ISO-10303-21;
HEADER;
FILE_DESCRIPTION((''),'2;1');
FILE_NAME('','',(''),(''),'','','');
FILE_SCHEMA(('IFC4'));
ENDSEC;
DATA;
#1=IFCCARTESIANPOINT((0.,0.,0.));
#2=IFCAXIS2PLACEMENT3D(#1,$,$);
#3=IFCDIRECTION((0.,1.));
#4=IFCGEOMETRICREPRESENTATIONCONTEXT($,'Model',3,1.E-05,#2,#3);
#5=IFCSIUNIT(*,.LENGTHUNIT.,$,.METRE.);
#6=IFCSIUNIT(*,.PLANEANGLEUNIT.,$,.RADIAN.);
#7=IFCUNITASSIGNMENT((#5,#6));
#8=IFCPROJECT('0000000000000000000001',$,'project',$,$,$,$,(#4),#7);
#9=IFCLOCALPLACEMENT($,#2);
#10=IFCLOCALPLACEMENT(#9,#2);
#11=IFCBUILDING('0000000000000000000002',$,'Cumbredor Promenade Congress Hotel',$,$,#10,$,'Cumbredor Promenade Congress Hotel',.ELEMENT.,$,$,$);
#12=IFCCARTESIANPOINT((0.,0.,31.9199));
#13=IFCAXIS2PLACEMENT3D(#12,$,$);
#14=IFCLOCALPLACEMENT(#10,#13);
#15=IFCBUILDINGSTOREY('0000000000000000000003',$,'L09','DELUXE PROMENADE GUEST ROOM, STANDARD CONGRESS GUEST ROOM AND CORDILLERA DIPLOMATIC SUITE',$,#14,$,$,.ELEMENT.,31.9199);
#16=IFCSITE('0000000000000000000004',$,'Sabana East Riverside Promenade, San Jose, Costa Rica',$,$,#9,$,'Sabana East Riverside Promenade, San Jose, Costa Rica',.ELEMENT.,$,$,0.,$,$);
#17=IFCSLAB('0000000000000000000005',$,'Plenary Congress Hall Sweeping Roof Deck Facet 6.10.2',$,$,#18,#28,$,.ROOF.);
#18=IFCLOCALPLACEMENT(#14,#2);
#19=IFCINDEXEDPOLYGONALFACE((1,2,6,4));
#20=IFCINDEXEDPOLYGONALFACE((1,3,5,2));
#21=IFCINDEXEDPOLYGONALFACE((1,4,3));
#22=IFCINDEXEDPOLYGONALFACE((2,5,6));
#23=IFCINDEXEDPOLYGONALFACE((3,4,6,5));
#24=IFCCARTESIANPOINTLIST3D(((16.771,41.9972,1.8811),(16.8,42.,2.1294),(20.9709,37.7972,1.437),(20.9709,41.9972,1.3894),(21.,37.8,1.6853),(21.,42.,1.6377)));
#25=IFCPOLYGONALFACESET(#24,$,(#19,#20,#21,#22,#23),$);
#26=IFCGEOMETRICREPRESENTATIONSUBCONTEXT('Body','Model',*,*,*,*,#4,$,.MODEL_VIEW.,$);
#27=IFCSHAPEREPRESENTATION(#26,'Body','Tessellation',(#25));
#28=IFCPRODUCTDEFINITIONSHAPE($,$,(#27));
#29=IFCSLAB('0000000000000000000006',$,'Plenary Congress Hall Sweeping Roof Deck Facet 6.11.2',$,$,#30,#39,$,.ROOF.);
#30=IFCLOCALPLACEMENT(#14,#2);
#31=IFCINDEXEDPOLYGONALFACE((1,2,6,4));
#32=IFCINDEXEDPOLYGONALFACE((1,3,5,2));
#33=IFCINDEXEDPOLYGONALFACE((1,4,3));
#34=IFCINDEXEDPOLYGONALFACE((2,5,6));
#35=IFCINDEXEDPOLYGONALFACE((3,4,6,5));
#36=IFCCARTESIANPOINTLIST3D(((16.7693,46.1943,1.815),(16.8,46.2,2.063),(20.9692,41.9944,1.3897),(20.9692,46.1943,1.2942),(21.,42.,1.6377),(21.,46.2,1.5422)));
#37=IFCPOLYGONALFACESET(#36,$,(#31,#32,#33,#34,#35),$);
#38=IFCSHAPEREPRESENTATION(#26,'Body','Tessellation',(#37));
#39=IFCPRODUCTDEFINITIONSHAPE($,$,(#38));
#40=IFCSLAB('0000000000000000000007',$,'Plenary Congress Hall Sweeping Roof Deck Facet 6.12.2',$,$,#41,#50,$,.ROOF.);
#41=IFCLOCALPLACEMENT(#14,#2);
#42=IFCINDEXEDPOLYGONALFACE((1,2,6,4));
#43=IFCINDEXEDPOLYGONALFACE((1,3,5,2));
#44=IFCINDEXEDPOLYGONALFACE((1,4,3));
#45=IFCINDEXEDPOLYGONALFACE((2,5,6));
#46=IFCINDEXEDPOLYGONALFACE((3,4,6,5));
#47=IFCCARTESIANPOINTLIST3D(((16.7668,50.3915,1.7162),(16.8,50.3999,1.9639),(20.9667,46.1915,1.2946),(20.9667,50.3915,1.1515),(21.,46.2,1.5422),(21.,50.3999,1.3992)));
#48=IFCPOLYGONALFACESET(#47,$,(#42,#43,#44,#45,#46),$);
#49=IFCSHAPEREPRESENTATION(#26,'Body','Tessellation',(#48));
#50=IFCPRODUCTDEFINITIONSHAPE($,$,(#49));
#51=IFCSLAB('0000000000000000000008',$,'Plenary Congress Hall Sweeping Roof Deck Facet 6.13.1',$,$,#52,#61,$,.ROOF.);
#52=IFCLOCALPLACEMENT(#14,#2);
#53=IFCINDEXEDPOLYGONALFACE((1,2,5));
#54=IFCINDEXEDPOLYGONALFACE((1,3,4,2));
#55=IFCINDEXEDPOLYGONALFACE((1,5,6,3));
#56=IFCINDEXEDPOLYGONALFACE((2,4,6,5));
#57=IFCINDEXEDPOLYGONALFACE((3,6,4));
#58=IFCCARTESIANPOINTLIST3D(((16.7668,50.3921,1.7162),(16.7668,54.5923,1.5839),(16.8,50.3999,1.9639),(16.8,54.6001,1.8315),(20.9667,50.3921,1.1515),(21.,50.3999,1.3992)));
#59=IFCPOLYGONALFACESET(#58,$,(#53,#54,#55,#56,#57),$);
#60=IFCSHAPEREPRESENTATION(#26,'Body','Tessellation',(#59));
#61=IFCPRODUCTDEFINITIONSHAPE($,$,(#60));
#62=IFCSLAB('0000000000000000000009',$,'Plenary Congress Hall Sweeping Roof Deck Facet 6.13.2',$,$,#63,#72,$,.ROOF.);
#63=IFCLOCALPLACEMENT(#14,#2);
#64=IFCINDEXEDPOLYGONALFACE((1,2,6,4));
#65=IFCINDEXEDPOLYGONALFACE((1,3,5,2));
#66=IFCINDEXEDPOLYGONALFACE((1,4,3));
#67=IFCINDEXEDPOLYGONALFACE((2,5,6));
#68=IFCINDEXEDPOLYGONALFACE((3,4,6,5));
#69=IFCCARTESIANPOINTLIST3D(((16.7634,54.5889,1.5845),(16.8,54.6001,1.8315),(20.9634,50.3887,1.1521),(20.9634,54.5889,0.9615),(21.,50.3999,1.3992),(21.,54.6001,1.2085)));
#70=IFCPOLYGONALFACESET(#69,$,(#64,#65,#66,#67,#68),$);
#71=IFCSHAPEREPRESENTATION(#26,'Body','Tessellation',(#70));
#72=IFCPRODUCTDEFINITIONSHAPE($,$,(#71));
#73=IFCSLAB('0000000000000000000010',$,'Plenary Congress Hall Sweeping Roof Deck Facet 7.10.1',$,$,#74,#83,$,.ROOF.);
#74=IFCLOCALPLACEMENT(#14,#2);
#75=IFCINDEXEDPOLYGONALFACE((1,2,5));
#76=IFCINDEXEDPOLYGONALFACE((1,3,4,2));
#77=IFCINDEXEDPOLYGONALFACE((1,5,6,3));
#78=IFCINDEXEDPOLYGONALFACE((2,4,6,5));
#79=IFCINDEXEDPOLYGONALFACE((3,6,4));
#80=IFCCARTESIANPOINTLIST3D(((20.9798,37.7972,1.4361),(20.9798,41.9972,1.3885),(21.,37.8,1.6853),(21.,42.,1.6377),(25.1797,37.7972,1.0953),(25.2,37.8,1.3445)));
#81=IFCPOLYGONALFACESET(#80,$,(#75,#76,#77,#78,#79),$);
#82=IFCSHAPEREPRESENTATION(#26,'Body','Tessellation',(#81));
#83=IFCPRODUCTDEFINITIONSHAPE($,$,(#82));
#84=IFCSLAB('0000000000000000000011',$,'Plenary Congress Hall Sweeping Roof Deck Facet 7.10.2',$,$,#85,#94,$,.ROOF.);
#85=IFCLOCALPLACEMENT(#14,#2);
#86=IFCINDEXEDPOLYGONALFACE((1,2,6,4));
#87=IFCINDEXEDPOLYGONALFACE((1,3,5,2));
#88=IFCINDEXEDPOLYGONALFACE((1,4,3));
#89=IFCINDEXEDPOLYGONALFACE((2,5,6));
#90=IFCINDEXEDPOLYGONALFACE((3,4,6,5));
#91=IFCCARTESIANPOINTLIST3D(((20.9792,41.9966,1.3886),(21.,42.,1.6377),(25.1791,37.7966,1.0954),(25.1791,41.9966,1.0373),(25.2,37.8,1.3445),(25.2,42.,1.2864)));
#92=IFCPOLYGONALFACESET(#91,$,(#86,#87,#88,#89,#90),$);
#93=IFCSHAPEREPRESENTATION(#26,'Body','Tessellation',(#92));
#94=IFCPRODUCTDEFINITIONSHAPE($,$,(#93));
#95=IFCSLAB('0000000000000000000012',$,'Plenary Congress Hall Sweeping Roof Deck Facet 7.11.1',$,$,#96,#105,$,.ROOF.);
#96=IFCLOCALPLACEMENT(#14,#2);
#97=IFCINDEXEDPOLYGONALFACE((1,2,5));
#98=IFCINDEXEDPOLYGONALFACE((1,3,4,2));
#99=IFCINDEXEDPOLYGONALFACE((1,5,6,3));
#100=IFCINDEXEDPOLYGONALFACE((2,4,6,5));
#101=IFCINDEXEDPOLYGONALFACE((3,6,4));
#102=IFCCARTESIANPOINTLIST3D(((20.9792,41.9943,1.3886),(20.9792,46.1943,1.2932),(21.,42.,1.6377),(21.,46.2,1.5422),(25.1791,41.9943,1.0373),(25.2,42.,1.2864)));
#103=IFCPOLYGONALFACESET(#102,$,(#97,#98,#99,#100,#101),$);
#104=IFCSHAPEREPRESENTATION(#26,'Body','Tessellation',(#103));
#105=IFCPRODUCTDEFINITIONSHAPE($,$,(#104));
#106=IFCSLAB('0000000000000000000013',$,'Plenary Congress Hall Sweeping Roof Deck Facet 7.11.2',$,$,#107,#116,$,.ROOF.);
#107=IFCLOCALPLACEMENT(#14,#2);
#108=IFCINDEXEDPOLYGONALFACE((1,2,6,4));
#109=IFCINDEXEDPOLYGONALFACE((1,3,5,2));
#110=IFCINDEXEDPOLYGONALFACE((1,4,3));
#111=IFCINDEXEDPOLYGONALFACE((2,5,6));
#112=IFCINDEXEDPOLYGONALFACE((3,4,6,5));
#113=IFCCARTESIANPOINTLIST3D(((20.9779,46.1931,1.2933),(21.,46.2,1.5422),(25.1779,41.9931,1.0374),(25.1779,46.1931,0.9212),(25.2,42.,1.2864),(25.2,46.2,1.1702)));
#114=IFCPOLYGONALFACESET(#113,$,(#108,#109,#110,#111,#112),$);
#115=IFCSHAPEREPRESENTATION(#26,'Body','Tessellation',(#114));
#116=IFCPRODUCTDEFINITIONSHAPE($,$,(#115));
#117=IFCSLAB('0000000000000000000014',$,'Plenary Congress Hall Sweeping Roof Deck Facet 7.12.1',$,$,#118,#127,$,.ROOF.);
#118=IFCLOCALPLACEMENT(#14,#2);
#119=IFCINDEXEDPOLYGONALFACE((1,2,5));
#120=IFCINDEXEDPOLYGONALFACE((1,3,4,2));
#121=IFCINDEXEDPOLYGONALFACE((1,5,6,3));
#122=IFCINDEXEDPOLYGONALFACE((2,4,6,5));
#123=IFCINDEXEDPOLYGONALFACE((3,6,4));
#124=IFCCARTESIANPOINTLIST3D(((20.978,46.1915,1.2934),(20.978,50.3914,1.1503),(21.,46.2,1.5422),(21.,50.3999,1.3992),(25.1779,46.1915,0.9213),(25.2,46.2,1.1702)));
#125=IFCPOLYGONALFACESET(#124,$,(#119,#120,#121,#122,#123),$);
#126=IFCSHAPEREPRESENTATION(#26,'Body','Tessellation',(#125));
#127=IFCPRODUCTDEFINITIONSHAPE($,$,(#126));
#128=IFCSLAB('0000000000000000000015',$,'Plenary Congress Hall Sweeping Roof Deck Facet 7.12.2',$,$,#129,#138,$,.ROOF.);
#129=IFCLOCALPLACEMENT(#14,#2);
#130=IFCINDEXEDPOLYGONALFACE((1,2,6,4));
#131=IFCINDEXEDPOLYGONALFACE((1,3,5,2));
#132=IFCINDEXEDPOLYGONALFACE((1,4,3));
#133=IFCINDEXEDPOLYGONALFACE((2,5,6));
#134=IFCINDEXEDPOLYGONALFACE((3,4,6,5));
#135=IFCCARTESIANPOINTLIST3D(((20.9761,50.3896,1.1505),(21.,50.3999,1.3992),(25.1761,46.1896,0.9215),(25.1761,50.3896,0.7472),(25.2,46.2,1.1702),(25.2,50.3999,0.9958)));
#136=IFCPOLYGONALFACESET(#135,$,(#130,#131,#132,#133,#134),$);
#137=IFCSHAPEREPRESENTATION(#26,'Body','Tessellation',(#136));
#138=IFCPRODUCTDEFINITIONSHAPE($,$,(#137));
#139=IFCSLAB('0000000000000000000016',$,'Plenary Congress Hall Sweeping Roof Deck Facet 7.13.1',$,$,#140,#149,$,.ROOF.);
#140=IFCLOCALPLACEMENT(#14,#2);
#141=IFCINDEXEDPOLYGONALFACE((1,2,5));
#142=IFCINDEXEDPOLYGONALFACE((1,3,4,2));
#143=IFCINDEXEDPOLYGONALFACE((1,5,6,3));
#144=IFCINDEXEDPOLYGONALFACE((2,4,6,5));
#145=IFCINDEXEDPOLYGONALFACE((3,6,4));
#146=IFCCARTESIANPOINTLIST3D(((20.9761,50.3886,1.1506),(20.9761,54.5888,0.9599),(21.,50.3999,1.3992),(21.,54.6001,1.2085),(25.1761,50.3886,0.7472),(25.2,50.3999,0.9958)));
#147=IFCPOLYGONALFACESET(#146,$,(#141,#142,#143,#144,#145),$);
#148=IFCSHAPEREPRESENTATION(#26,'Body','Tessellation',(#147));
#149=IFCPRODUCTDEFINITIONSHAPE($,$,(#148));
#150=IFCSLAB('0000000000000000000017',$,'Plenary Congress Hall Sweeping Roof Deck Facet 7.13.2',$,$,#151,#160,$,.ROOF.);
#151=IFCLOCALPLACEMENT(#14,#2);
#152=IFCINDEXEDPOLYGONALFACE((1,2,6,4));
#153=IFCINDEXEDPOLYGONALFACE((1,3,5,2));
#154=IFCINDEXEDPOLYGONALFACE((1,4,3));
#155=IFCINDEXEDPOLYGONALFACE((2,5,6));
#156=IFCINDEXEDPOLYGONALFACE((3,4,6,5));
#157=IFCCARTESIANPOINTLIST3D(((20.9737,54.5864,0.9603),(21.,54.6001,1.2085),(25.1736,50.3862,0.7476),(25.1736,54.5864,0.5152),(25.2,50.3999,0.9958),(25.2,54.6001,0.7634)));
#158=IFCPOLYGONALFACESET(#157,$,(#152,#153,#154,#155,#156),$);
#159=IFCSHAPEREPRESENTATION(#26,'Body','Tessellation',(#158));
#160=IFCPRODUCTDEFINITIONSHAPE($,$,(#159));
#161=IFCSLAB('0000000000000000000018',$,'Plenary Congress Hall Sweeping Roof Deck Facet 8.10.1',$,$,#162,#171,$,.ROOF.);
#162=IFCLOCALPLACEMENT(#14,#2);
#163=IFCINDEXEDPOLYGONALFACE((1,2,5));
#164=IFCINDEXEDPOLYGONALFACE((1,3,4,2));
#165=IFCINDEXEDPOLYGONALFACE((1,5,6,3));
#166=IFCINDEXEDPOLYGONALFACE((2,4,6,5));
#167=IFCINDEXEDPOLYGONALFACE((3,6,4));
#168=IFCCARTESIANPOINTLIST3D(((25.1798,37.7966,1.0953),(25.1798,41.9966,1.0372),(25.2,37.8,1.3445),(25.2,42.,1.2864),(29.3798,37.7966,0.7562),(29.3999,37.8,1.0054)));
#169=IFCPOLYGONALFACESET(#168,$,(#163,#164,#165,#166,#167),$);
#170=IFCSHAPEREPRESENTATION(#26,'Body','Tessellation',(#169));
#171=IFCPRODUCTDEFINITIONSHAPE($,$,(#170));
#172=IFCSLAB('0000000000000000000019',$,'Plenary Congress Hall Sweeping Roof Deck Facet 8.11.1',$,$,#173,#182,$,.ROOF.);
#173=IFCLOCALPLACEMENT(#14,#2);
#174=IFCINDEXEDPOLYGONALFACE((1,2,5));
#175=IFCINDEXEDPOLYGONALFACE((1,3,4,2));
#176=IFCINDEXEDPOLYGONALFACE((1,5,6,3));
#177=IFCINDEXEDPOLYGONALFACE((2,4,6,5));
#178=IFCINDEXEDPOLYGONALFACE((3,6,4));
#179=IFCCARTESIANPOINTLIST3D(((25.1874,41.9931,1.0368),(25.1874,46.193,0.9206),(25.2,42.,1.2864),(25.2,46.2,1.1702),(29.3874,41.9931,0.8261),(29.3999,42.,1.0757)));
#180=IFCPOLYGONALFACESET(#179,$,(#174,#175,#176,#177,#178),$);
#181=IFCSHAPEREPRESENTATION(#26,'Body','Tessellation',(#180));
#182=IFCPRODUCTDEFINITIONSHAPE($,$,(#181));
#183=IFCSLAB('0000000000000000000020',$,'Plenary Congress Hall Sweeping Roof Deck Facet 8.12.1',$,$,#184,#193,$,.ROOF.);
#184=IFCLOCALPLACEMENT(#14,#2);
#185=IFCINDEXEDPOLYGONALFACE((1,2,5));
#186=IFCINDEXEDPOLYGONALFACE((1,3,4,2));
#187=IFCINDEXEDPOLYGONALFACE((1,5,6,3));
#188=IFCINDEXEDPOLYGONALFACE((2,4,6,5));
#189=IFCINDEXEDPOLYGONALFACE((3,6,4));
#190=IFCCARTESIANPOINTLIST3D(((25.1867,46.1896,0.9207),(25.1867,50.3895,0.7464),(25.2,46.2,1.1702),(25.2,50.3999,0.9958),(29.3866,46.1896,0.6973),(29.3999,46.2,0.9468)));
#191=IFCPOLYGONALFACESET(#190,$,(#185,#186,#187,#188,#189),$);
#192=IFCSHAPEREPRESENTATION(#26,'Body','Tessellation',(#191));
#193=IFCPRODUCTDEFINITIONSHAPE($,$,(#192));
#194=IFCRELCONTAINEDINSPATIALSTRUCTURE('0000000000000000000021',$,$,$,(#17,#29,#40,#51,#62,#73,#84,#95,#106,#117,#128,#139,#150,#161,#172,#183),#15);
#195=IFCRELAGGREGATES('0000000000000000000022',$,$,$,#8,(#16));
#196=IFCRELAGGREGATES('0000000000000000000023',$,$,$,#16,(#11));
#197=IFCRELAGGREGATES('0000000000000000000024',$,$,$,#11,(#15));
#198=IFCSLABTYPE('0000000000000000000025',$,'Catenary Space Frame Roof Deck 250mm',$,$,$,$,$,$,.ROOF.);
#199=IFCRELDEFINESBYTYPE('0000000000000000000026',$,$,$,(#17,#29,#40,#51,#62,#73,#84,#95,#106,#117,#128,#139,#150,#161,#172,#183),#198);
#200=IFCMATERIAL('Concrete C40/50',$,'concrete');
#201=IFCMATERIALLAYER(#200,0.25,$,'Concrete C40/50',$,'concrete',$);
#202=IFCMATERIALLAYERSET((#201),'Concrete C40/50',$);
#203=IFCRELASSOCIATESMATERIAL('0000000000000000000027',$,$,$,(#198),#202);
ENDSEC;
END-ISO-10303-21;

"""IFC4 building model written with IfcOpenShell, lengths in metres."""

from ifc_helpers import new_model, si_unit, direction, frame, origin, place, context, subcontext, project, spatial, polyline, outline, extrude, material, layer, layer_set, type_object, element, save


model = new_model("IFC4")

# Units and contexts
model_context = context("Model", 3, precision=1e-05, world=origin(), true_north=direction((0.0, 1.0)))
body_context = subcontext(model_context, "Body", "Model", "MODEL_VIEW")
ifc_project = project(units=[si_unit("LENGTHUNIT", "METRE"), si_unit("PLANEANGLEUNIT", "RADIAN")], contexts=[model_context])

# Site, building, storey
site_placement = place(None, origin())
site = spatial("IfcSite", under=ifc_project, at=site_placement, Name="Sabana East Riverside Promenade, San Jose, Costa Rica", LongName="Sabana East Riverside Promenade, San Jose, Costa Rica", CompositionType="ELEMENT", RefElevation=0.0)
building_placement = place(site_placement, origin())
building = spatial("IfcBuilding", under=site, at=building_placement, Name="Cumbredor Promenade Congress Hotel", LongName="Cumbredor Promenade Congress Hotel", CompositionType="ELEMENT")
storey_placement = place(building_placement, frame((0.0, 0.0, 31.9199)))
storey = spatial("IfcBuildingStorey", under=building, at=storey_placement, Name="L09", Description="DELUXE PROMENADE GUEST ROOM, STANDARD CONGRESS GUEST ROOM AND CORDILLERA DIPLOMATIC SUITE", CompositionType="ELEMENT", Elevation=31.9199)

# Slabs
ifc_material_1 = material(Name="Concrete C40/50", Category="concrete")
ifc_layer_1 = layer(ifc_material_1, 0.25, Name="Concrete C40/50", Category="concrete")
ifc_layer_set_1 = layer_set([ifc_layer_1], Name="Concrete C40/50")
slab_type = type_object("IfcSlabType", Name="Catenary Space Frame Roof Deck 250mm", PredefinedType="ROOF", material=ifc_layer_set_1)
slab_1_placement = place(storey_placement, frame((21.0, 37.8, 1.6853), z_axis=(0.116271, 0.011258, 0.993154), x_axis=(0.0, 0.999936, -0.011335)))
element("IfcSlab", 1, at=slab_1_placement, inside=storey, type_object=slab_type, Name="Plenary Congress Hall Sweeping Roof Deck Facet 6.10.2", PredefinedType="ROOF", context=body_context, shape_type="SweptSolid", body=[
    extrude(outline(polyline([(0.0, 0.0), (4.2002, 0.0), (4.1946, 4.2286), (0.0, 0.0)])), origin(), (0.0, 0.0, -1.0), 0.25),
])
slab_2_placement = place(storey_placement, frame((21.0, 42.0, 1.6377), z_axis=(0.123016, 0.02255, 0.992148), x_axis=(0.0, 0.999742, -0.022723)))
element("IfcSlab", 2, at=slab_2_placement, inside=storey, type_object=slab_type, Name="Plenary Congress Hall Sweeping Roof Deck Facet 6.11.2", PredefinedType="ROOF", context=body_context, shape_type="SweptSolid", body=[
    extrude(outline(polyline([(0.0, 0.0), (4.201, 0.0), (4.1892, 4.2321), (0.0, 0.0)])), origin(), (0.0, 0.0, -1.0), 0.25),
])
slab_3_placement = place(storey_placement, frame((21.0, 46.2, 1.5422), z_axis=(0.133178, 0.033741, 0.990518), x_axis=(0.0, 0.99942, -0.034044)))
element("IfcSlab", 3, at=slab_3_placement, inside=storey, type_object=slab_type, Name="Plenary Congress Hall Sweeping Roof Deck Facet 6.12.2", PredefinedType="ROOF", context=body_context, shape_type="SweptSolid", body=[
    extrude(outline(polyline([(0.0, 0.0), (4.2024, 0.0), (4.1832, 4.2377), (0.0, 0.0)])), origin(), (0.0, 0.0, -1.0), 0.25),
])
slab_4_placement = place(storey_placement, frame((16.8, 50.3999, 1.9639), z_axis=(0.133189, 0.031208, 0.990599), x_axis=(0.991082, 0.0, -0.133254)))
element("IfcSlab", 4, at=slab_4_placement, inside=storey, type_object=slab_type, Name="Plenary Congress Hall Sweeping Roof Deck Facet 6.13.1", PredefinedType="ROOF", context=body_context, shape_type="SweptSolid", body=[
    extrude(outline(polyline([(0.0, 0.0), (4.2377, 0.0), (0.0176, 4.2022), (0.0, 0.0)])), origin(), (0.0, 0.0, -1.0), 0.25),
])
slab_5_placement = place(storey_placement, frame((21.0, 50.3999, 1.3992), z_axis=(0.146593, 0.04486, 0.988179), x_axis=(0.0, 0.998971, -0.04535)))
element("IfcSlab", 5, at=slab_5_placement, inside=storey, type_object=slab_type, Name="Plenary Congress Hall Sweeping Roof Deck Facet 6.13.2", PredefinedType="ROOF", context=body_context, shape_type="SweptSolid", body=[
    extrude(outline(polyline([(0.0, 0.0), (4.2045, 0.0), (4.1763, 4.2458), (0.0, 0.0)])), origin(), (0.0, 0.0, -1.0), 0.25),
])
slab_6_placement = place(storey_placement, frame((21.0, 37.8, 1.6853), z_axis=(0.080878, 0.011297, 0.99666), x_axis=(0.996724, 0.0, -0.080883)))
element("IfcSlab", 6, at=slab_6_placement, inside=storey, type_object=slab_type, Name="Plenary Congress Hall Sweeping Roof Deck Facet 7.10.1", PredefinedType="ROOF", context=body_context, shape_type="SweptSolid", body=[
    extrude(outline(polyline([(0.0, 0.0), (4.2138, 0.0), (0.0039, 4.2002), (0.0, 0.0)])), origin(), (0.0, 0.0, -1.0), 0.25),
])
slab_7_placement = place(storey_placement, frame((25.2, 37.8, 1.3445), z_axis=(0.083349, 0.013785, 0.996425), x_axis=(0.0, 0.999904, -0.013833)))
element("IfcSlab", 7, at=slab_7_placement, inside=storey, type_object=slab_type, Name="Plenary Congress Hall Sweeping Roof Deck Facet 7.10.2", PredefinedType="ROOF", context=body_context, shape_type="SweptSolid", body=[
    extrude(outline(polyline([(0.0, 0.0), (4.2004, 0.0), (4.1955, 4.2146), (0.0, 0.0)])), origin(), (0.0, 0.0, -1.0), 0.25),
])
slab_8_placement = place(storey_placement, frame((21.0, 42.0, 1.6377), z_axis=(0.083336, 0.022644, 0.996264), x_axis=(0.99652, 0.0, -0.083357)))
element("IfcSlab", 8, at=slab_8_placement, inside=storey, type_object=slab_type, Name="Plenary Congress Hall Sweeping Roof Deck Facet 7.11.1", PredefinedType="ROOF", context=body_context, shape_type="SweptSolid", body=[
    extrude(outline(polyline([(0.0, 0.0), (4.2146, 0.0), (0.008, 4.201), (0.0, 0.0)])), origin(), (0.0, 0.0, -1.0), 0.25),
])
slab_9_placement = place(storey_placement, frame((25.2, 42.0, 1.2864), z_axis=(0.08821, 0.027551, 0.995721), x_axis=(0.0, 0.999617, -0.027659)))
element("IfcSlab", 9, at=slab_9_placement, inside=storey, type_object=slab_type, Name="Plenary Congress Hall Sweeping Roof Deck Facet 7.11.2", PredefinedType="ROOF", context=body_context, shape_type="SweptSolid", body=[
    extrude(outline(polyline([(0.0, 0.0), (4.2016, 0.0), (4.1913, 4.2164), (0.0, 0.0)])), origin(), (0.0, 0.0, -1.0), 0.25),
])
slab_10_placement = place(storey_placement, frame((21.0, 46.2, 1.5422), z_axis=(0.088193, 0.033911, 0.995526), x_axis=(0.996099, 0.0, -0.088244)))
element("IfcSlab", 10, at=slab_10_placement, inside=storey, type_object=slab_type, Name="Plenary Congress Hall Sweeping Roof Deck Facet 7.12.1", PredefinedType="ROOF", context=body_context, shape_type="SweptSolid", body=[
    extrude(outline(polyline([(0.0, 0.0), (4.2164, 0.0), (0.0126, 4.2024), (0.0, 0.0)])), origin(), (0.0, 0.0, -1.0), 0.25),
])
slab_11_placement = place(storey_placement, frame((25.2, 46.2, 1.1702), z_axis=(0.095509, 0.041279, 0.994572), x_axis=(0.0, 0.99914, -0.041469)))
element("IfcSlab", 11, at=slab_11_placement, inside=storey, type_object=slab_type, Name="Plenary Congress Hall Sweeping Roof Deck Facet 7.12.2", PredefinedType="ROOF", context=body_context, shape_type="SweptSolid", body=[
    extrude(outline(polyline([(0.0, 0.0), (4.2036, 0.0), (4.1868, 4.2192), (0.0, 0.0)])), origin(), (0.0, 0.0, -1.0), 0.25),
])
slab_12_placement = place(storey_placement, frame((21.0, 50.3999, 1.3992), z_axis=(0.095493, 0.045142, 0.994406), x_axis=(0.995421, 0.0, -0.09559)))
element("IfcSlab", 12, at=slab_12_placement, inside=storey, type_object=slab_type, Name="Plenary Congress Hall Sweeping Roof Deck Facet 7.13.1", PredefinedType="ROOF", context=body_context, shape_type="SweptSolid", body=[
    extrude(outline(polyline([(0.0, 0.0), (4.2193, 0.0), (0.0182, 4.2045), (0.0, 0.0)])), origin(), (0.0, 0.0, -1.0), 0.25),
])
slab_13_placement = place(storey_placement, frame((25.2, 50.3999, 0.9958), z_axis=(0.105221, 0.054945, 0.99293), x_axis=(0.0, 0.998472, -0.055251)))
element("IfcSlab", 13, at=slab_13_placement, inside=storey, type_object=slab_type, Name="Plenary Congress Hall Sweeping Roof Deck Facet 7.13.2", PredefinedType="ROOF", context=body_context, shape_type="SweptSolid", body=[
    extrude(outline(polyline([(0.0, 0.0), (4.2066, 0.0), (4.182, 4.2234), (0.0, 0.0)])), origin(), (0.0, 0.0, -1.0), 0.25),
])
slab_14_placement = place(storey_placement, frame((25.2, 37.8, 1.3445), z_axis=(0.080472, 0.013789, 0.996661), x_axis=(0.996756, 0.0, -0.08048)))
element("IfcSlab", 14, at=slab_14_placement, inside=storey, type_object=slab_type, Name="Plenary Congress Hall Sweeping Roof Deck Facet 8.10.1", PredefinedType="ROOF", context=body_context, shape_type="SweptSolid", body=[
    extrude(outline(polyline([(0.0, 0.0), (4.2136, 0.0), (0.0047, 4.2004), (0.0, 0.0)])), origin(), (0.0, 0.0, -1.0), 0.25),
])
slab_15_placement = place(storey_placement, frame((25.2, 42.0, 1.2864), z_axis=(0.050084, 0.027624, 0.998363), x_axis=(0.998744, 0.0, -0.050103)))
element("IfcSlab", 15, at=slab_15_placement, inside=storey, type_object=slab_type, Name="Plenary Congress Hall Sweeping Roof Deck Facet 8.11.1", PredefinedType="ROOF", context=body_context, shape_type="SweptSolid", body=[
    extrude(outline(polyline([(0.0, 0.0), (4.2052, 0.0), (0.0058, 4.2016), (0.0, 0.0)])), origin(), (0.0, 0.0, -1.0), 0.25),
])
slab_16_placement = place(storey_placement, frame((25.2, 46.2, 1.1702), z_axis=(0.053068, 0.04141, 0.997732), x_axis=(0.998588, 0.0, -0.053113)))
element("IfcSlab", 16, at=slab_16_placement, inside=storey, type_object=slab_type, Name="Plenary Congress Hall Sweeping Roof Deck Facet 8.12.1", PredefinedType="ROOF", context=body_context, shape_type="SweptSolid", body=[
    extrude(outline(polyline([(0.0, 0.0), (4.2059, 0.0), (0.0093, 4.2036), (0.0, 0.0)])), origin(), (0.0, 0.0, -1.0), 0.25),
])

save(model, "model.ifc")
